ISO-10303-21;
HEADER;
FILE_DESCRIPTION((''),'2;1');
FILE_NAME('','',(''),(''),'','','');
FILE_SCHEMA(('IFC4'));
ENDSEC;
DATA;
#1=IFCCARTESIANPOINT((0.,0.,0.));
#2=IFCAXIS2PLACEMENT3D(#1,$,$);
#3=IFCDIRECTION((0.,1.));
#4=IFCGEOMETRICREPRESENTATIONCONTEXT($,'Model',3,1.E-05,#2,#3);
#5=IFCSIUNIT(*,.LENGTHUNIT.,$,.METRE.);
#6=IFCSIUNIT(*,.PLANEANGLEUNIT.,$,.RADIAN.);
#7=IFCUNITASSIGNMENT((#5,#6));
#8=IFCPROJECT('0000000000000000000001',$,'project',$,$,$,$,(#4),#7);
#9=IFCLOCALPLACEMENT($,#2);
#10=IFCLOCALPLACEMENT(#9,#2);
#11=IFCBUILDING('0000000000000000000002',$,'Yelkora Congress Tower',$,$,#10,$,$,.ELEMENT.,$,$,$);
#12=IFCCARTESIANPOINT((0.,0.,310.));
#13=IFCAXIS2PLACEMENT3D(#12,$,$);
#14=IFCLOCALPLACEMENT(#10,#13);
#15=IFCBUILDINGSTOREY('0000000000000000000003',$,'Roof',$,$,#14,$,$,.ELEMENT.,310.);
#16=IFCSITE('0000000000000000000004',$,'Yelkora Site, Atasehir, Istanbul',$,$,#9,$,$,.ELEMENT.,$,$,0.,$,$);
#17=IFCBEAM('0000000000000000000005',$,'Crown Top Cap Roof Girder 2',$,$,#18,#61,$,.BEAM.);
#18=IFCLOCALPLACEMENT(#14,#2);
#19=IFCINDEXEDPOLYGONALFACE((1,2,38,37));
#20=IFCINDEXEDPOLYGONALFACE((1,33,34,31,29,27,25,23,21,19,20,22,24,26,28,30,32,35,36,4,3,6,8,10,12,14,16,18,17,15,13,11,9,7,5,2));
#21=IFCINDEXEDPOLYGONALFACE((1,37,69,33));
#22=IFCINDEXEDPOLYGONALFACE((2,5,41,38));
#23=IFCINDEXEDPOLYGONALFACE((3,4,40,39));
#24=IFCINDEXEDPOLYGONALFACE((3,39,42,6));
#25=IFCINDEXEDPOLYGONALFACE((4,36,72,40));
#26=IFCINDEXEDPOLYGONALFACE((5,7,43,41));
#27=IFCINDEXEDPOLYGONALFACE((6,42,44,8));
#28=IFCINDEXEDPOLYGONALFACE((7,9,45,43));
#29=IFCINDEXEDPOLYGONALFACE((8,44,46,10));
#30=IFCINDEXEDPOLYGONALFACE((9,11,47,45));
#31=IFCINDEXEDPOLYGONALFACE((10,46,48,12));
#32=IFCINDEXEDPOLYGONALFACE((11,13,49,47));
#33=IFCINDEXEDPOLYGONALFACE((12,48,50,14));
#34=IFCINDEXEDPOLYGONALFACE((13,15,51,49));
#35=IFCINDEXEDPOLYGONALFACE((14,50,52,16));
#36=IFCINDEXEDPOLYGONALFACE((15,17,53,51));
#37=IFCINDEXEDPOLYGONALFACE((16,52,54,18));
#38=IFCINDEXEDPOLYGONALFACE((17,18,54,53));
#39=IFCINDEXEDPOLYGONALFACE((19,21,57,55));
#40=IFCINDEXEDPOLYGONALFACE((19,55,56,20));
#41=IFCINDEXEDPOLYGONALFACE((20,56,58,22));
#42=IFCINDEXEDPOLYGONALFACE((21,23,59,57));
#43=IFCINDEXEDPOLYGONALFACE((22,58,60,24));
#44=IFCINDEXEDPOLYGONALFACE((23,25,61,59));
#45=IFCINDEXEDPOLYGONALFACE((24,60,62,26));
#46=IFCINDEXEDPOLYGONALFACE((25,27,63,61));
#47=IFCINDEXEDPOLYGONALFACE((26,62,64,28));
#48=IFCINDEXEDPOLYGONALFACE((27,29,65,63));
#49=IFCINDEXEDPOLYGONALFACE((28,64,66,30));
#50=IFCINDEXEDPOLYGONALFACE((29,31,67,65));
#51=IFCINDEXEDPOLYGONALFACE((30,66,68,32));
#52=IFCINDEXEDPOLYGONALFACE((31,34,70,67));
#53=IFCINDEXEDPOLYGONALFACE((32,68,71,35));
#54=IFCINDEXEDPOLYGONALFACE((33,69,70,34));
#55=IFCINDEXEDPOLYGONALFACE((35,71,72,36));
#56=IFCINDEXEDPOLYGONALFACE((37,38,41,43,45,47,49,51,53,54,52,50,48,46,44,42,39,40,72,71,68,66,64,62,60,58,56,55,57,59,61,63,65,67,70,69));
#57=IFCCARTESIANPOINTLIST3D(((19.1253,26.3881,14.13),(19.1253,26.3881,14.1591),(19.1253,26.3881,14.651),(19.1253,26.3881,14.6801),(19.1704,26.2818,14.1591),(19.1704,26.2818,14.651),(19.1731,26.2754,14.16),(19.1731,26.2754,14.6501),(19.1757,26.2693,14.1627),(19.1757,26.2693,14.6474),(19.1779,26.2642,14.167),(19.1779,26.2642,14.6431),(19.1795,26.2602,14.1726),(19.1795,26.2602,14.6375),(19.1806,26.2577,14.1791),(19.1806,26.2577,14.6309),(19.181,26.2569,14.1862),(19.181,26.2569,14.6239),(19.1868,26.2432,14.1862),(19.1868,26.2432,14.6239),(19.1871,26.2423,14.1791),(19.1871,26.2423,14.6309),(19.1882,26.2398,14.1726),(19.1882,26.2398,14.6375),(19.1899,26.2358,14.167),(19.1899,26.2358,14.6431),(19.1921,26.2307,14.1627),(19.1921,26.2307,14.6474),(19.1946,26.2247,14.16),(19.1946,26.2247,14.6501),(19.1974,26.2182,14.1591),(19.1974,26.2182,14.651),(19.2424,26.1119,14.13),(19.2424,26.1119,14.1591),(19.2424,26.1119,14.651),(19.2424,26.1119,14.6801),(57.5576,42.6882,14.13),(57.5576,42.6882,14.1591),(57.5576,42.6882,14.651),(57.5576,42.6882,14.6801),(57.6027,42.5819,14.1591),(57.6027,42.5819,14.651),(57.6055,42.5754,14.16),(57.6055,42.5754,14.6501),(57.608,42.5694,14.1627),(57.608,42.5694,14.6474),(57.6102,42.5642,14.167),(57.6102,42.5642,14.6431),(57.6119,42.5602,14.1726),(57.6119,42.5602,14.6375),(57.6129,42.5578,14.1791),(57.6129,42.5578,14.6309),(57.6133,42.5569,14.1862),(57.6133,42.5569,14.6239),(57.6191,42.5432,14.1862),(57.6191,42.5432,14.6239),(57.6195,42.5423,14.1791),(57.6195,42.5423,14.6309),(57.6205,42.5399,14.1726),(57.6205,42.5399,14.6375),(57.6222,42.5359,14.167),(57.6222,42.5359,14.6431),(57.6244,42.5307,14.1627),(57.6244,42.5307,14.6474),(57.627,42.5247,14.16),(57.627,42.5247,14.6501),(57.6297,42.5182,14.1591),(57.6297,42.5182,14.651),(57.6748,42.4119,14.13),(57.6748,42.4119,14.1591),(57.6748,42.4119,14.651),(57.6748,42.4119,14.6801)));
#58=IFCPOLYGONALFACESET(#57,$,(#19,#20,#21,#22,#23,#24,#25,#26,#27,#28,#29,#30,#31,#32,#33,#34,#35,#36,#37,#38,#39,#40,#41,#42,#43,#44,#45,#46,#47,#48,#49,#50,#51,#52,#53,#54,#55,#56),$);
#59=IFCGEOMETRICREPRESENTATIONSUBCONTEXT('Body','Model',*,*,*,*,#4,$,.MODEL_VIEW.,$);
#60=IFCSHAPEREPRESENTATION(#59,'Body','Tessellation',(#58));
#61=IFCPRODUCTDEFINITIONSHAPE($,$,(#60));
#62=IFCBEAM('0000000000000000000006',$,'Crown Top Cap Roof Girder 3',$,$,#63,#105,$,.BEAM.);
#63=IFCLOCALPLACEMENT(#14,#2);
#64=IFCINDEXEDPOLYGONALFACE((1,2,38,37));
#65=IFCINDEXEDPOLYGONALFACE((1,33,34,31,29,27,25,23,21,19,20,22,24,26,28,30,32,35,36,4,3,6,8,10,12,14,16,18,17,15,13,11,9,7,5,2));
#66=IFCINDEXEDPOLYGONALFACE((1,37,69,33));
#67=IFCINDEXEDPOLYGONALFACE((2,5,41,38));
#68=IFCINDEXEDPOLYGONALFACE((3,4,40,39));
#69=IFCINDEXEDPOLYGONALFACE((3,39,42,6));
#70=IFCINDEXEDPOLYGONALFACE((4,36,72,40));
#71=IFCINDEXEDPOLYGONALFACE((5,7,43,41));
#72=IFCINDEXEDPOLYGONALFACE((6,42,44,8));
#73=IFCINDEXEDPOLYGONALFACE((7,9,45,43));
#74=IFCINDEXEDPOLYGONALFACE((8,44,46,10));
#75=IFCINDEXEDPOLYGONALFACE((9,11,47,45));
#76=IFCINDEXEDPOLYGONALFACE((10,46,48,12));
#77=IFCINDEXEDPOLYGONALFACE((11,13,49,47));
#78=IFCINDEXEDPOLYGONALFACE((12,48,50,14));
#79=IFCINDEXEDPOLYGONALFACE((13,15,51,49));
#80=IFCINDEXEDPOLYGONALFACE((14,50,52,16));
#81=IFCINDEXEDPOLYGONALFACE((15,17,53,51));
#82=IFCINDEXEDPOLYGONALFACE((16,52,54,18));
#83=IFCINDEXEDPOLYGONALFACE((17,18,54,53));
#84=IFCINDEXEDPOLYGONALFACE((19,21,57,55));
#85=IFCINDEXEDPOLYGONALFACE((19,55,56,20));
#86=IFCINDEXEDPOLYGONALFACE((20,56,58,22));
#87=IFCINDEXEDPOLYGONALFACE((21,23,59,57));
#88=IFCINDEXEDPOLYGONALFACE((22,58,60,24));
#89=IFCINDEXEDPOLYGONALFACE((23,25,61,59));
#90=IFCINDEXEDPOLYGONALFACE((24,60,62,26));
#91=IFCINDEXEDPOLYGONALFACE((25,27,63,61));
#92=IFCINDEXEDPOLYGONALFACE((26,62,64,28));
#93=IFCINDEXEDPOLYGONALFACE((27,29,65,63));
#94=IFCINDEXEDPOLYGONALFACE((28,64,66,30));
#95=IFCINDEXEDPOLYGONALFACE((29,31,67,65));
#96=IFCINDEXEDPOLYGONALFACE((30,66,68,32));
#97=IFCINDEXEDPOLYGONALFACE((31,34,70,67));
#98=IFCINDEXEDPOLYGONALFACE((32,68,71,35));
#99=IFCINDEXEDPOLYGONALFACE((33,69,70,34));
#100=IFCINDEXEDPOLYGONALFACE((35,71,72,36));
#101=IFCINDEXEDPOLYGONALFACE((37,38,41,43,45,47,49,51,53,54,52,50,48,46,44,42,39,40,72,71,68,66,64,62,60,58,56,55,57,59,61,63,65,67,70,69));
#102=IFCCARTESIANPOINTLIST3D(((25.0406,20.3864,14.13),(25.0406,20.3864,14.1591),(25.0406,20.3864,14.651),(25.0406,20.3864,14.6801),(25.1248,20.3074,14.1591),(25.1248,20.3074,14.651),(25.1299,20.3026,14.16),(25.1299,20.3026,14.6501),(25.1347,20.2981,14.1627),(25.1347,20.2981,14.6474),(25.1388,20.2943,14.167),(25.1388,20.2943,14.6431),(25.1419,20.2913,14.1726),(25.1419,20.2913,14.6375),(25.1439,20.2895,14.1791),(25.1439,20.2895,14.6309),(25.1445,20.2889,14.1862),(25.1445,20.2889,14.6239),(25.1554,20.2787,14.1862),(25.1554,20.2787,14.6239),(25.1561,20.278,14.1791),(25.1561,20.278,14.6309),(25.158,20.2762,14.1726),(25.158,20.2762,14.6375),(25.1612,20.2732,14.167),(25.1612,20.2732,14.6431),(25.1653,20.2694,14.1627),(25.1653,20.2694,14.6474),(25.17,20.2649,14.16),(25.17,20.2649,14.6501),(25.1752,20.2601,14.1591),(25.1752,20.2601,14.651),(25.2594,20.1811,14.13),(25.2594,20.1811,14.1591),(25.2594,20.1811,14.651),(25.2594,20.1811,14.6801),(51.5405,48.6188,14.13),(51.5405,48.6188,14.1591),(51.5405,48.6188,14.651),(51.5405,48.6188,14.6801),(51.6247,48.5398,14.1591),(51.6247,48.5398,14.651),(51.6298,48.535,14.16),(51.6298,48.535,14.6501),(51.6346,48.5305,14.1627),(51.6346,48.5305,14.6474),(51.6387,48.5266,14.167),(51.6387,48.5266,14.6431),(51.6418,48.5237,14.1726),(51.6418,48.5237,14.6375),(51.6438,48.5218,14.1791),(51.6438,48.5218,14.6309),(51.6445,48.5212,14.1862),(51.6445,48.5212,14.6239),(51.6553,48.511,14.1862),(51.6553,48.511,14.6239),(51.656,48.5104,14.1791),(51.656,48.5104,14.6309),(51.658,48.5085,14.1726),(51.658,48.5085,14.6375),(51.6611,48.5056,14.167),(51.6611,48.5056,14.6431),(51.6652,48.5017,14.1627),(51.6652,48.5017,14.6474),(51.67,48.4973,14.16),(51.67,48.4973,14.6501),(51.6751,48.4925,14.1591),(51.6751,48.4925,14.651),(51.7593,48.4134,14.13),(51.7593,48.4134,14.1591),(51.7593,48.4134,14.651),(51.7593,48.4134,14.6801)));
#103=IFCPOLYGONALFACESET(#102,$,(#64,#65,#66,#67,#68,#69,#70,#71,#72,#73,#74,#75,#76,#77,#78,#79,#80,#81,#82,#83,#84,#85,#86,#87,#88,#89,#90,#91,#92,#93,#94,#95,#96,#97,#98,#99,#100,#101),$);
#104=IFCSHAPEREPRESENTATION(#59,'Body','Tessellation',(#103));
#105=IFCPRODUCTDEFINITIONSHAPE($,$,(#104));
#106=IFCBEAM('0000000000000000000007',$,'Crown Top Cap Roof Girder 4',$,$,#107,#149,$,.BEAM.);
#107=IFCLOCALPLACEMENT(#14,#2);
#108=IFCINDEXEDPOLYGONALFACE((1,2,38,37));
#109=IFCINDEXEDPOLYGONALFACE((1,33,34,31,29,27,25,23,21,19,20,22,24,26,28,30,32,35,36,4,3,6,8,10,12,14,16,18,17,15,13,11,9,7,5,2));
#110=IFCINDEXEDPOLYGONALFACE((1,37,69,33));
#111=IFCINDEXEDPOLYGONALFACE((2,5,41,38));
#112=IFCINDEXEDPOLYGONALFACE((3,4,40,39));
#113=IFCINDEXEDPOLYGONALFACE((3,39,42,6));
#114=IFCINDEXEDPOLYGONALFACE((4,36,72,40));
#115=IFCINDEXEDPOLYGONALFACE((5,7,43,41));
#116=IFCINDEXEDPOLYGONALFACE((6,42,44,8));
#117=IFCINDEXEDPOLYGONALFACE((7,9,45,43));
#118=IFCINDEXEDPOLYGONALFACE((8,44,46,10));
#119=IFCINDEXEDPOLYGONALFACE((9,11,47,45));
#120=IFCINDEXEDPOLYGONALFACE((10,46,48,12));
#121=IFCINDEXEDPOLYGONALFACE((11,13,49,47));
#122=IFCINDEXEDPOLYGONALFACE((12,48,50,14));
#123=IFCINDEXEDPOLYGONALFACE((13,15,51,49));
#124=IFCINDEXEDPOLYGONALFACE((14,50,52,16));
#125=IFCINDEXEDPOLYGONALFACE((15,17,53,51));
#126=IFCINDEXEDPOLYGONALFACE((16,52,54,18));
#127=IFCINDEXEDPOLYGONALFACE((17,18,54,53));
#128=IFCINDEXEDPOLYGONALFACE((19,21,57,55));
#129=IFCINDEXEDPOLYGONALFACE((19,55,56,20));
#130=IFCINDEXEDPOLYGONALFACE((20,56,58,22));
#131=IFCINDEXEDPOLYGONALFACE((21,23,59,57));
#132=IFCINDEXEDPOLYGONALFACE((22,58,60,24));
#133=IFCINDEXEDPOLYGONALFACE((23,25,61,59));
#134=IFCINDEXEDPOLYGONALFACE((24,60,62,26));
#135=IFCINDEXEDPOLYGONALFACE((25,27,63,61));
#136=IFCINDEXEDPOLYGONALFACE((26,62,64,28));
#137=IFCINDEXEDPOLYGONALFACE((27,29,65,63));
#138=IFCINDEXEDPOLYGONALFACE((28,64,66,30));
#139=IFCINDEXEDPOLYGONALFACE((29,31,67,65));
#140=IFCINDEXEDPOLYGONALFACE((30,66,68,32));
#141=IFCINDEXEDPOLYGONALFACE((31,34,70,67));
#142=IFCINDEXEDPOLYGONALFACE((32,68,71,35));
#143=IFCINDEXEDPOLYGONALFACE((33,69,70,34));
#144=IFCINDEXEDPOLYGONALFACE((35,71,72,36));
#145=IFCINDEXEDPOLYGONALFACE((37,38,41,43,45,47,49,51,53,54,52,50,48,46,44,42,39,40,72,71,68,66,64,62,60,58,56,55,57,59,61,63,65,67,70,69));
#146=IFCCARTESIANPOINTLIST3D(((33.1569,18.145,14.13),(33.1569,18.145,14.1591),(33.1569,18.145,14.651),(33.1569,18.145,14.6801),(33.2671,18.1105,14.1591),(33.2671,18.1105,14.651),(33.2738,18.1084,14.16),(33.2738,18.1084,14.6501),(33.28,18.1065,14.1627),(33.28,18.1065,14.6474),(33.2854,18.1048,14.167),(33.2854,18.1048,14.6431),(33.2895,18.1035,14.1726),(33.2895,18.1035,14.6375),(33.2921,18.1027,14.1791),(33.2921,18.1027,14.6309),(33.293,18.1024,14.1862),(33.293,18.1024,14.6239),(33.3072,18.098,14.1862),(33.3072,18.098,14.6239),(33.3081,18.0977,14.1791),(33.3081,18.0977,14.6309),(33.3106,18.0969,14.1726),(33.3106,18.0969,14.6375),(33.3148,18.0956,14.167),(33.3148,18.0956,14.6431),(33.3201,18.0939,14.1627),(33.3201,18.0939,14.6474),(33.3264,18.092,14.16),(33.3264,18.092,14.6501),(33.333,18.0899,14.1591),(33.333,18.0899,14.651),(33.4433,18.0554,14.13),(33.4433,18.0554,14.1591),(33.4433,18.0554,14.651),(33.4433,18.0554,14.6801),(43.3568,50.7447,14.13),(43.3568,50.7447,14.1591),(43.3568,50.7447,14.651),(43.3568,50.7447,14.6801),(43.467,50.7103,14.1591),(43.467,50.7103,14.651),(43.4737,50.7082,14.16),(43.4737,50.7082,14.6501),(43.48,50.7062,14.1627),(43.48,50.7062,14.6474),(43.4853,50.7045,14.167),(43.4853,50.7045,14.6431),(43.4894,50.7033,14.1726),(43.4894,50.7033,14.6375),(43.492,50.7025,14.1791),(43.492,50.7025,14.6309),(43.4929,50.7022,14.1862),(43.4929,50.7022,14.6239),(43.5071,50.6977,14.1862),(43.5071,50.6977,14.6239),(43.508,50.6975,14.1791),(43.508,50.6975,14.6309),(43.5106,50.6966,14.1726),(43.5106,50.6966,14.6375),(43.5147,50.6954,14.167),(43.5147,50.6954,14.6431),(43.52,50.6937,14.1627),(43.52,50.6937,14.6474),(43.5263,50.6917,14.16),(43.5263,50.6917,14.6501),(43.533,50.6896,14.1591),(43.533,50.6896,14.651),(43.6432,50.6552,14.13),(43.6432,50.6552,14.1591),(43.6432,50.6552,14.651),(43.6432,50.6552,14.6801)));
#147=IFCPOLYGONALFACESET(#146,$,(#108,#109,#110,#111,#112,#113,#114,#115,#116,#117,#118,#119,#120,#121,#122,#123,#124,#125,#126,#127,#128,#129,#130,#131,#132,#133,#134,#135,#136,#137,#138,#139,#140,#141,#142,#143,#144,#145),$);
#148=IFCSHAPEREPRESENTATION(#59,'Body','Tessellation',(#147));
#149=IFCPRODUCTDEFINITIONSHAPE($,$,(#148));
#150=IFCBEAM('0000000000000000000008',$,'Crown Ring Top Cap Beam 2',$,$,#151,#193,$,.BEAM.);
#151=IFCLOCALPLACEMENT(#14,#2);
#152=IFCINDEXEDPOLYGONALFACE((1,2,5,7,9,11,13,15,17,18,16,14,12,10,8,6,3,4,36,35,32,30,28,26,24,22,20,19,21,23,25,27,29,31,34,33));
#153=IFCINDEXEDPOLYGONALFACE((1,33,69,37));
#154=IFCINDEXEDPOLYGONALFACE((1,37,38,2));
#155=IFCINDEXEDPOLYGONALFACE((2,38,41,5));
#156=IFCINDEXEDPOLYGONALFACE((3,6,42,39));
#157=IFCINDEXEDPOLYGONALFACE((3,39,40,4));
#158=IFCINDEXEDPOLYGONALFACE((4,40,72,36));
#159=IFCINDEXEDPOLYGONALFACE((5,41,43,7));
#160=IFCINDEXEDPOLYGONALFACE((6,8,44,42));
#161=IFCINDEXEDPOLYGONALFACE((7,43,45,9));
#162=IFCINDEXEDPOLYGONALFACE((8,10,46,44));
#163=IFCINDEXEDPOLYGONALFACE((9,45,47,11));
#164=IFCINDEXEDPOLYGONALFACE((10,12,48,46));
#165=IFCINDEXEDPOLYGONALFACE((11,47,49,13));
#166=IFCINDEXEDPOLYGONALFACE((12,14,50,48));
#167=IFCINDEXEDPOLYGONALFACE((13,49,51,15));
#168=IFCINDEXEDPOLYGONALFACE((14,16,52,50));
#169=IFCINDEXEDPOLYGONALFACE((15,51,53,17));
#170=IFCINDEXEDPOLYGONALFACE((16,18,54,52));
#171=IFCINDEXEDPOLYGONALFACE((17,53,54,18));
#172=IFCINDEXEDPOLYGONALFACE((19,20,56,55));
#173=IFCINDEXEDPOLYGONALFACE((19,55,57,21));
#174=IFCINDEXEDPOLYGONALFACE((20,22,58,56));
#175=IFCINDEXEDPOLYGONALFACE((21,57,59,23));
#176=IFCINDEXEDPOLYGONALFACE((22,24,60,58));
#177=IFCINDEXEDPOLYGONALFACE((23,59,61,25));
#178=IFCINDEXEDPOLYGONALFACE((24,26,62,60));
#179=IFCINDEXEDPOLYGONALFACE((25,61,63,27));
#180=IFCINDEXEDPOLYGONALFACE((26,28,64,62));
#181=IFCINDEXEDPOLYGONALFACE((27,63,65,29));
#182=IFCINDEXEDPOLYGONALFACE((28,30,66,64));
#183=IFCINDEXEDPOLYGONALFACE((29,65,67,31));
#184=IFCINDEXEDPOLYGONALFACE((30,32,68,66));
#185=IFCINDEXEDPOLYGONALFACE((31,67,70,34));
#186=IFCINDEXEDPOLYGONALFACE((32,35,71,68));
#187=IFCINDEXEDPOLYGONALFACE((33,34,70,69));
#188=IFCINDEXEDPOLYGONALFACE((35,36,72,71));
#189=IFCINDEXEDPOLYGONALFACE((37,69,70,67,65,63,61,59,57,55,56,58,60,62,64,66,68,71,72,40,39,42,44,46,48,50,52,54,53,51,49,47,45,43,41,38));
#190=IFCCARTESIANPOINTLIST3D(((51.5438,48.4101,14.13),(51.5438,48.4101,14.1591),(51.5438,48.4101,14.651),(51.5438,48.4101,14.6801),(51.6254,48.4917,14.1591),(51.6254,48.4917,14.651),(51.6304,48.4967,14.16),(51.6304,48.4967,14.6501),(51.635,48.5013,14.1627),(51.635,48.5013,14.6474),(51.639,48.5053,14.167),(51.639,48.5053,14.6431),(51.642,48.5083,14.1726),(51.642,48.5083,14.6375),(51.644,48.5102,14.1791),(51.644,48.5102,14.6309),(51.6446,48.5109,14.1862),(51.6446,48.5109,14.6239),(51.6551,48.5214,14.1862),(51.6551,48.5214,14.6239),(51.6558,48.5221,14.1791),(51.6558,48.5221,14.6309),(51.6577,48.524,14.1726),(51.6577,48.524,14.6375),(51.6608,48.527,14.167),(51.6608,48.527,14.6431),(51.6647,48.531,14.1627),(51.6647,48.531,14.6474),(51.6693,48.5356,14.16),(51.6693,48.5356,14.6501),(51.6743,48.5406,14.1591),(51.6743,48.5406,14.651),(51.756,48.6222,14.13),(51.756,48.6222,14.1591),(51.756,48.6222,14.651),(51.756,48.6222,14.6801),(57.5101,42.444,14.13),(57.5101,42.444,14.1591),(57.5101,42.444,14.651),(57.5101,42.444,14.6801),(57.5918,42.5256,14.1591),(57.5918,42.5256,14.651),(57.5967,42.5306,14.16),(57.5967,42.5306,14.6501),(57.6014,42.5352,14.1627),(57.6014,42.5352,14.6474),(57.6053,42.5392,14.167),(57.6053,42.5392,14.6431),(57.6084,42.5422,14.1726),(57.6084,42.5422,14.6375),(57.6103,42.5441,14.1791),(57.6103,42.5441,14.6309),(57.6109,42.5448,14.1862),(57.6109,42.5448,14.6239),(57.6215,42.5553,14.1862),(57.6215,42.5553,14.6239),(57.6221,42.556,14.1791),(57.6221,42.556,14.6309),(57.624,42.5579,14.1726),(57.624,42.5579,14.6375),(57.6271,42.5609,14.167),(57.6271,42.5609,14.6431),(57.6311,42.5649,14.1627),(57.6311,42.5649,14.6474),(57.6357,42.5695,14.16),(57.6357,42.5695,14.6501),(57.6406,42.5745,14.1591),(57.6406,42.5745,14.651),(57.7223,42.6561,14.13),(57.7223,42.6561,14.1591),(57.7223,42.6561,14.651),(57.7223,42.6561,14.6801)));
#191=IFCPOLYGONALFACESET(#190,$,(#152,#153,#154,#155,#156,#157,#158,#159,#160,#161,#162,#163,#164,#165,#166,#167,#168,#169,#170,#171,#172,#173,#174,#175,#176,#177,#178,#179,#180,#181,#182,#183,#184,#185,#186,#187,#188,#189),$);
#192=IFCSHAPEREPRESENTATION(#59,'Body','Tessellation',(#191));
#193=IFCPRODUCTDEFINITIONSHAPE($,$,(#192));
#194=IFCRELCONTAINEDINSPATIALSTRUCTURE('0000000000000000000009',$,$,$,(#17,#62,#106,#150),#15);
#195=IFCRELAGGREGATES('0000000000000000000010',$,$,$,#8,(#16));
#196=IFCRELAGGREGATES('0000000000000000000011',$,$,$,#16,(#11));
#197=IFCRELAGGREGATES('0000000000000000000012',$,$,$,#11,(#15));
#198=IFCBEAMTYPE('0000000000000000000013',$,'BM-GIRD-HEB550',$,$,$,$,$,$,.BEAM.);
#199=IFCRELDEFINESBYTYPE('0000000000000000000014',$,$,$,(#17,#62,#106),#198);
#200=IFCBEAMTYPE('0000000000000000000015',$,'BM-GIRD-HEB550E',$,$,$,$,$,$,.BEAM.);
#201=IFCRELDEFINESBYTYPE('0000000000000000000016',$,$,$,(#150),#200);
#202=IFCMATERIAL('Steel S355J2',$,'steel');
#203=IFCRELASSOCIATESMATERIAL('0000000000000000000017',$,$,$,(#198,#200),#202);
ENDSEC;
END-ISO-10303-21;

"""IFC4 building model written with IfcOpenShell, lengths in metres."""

from ifc_helpers import new_model, si_unit, direction, frame, origin, origin_2d, place, context, subcontext, project, spatial, i_section, extrude, material, material_profile, profile_set, type_object, element, save


model = new_model("IFC4")

# Units and contexts
model_context = context("Model", 3, precision=1e-05, world=origin(), true_north=direction((0.0, 1.0)))
body_context = subcontext(model_context, "Body", "Model", "MODEL_VIEW")
ifc_project = project(units=[si_unit("LENGTHUNIT", "METRE"), si_unit("PLANEANGLEUNIT", "RADIAN")], contexts=[model_context])

# Site, building, storey
site_placement = place(None, origin())
site = spatial("IfcSite", under=ifc_project, at=site_placement, Name="Yelkora Site, Atasehir, Istanbul", CompositionType="ELEMENT", RefElevation=0.0)
building_placement = place(site_placement, origin())
building = spatial("IfcBuilding", under=site, at=building_placement, Name="Yelkora Congress Tower", CompositionType="ELEMENT")
storey_placement = place(building_placement, frame((0.0, 0.0, 310.0)))
storey = spatial("IfcBuildingStorey", under=building, at=storey_placement, Name="Roof", CompositionType="ELEMENT", Elevation=310.0)

# Shared definitions
ifc_material_1 = material(Name="Steel S355J2", Category="steel")

# Beams
ifc_material_profile_1 = material_profile(ifc_material_1, i_section(OverallWidth=0.3, OverallDepth=0.55, WebThickness=0.0149, FlangeThickness=0.0291, FilletRadius=0.0271, at=origin_2d()), Name="HEB 550")
ifc_profile_set_1 = profile_set([ifc_material_profile_1], Name="Steel S355J2")
beam_type_1 = type_object("IfcBeamType", Name="BM-GIRD-HEB550", PredefinedType="BEAM", material=ifc_profile_set_1)
beam_1_placement = place(storey_placement, frame((57.6162, 42.55, 14.405), z_axis=(-0.920621, -0.390457, 0.0), x_axis=(0.390457, -0.920621, 0.0)))
element("IfcBeam", 1, at=beam_1_placement, inside=storey, type_object=beam_type_1, Name="Crown Top Cap Roof Girder 2", PredefinedType="BEAM", context=body_context, shape_type="SweptSolid", body=[
    extrude(i_section(OverallWidth=0.3, OverallDepth=0.55, WebThickness=0.0149, FlangeThickness=0.0291, FilletRadius=0.0271, at=origin_2d()), origin(), (0.0, 0.0, 1.0), 41.7461),
])
beam_2_placement = place(storey_placement, frame((51.6499, 48.5161, 14.405), z_axis=(-0.684382, -0.729123, 0.0), x_axis=(0.729123, -0.684382, 0.0)))
element("IfcBeam", 2, at=beam_2_placement, inside=storey, type_object=beam_type_1, Name="Crown Top Cap Roof Girder 3", PredefinedType="BEAM", context=body_context, shape_type="SweptSolid", body=[
    extrude(i_section(OverallWidth=0.3, OverallDepth=0.55, WebThickness=0.0149, FlangeThickness=0.0291, FilletRadius=0.0271, at=origin_2d()), origin(), (0.0, 0.0, 1.0), 38.7209),
])
beam_3_placement = place(storey_placement, frame((43.5, 50.7, 14.405), z_axis=(-0.298608, -0.954376, 0.0), x_axis=(0.954376, -0.298608, 0.0)))
element("IfcBeam", 3, at=beam_3_placement, inside=storey, type_object=beam_type_1, Name="Crown Top Cap Roof Girder 4", PredefinedType="BEAM", context=body_context, shape_type="SweptSolid", body=[
    extrude(i_section(OverallWidth=0.3, OverallDepth=0.55, WebThickness=0.0149, FlangeThickness=0.0291, FilletRadius=0.0271, at=origin_2d()), origin(), (0.0, 0.0, 1.0), 34.1582),
])
ifc_material_profile_2 = material_profile(ifc_material_1, i_section(OverallWidth=0.3, OverallDepth=0.55, WebThickness=0.0149, FlangeThickness=0.0291, FilletRadius=0.0271, at=origin_2d()), Name="HEB 550")
ifc_profile_set_2 = profile_set([ifc_material_profile_2], Name="Steel S355J2")
beam_type_2 = type_object("IfcBeamType", Name="BM-GIRD-HEB550E", PredefinedType="BEAM", material=ifc_profile_set_2)
for number, where, z_axis, x_axis, name in (
    (4, (57.6162, 42.55, 14.405), (-0.707121, 0.707092, 0.0), (-0.707092, -0.707121, 0.0), "Crown Ring Top Cap Beam 2"),
):
    element("IfcBeam", number, at=place(storey_placement, frame(where, z_axis=z_axis, x_axis=x_axis)), inside=storey, type_object=beam_type_2, Name=name, PredefinedType="BEAM", context=body_context, shape_type="SweptSolid", body=[
        extrude(i_section(OverallWidth=0.3, OverallDepth=0.55, WebThickness=0.0149, FlangeThickness=0.0291, FilletRadius=0.0271, at=origin_2d()), origin(), (0.0, 0.0, 1.0), 8.4375),
    ])

save(model, "model.ifc")
